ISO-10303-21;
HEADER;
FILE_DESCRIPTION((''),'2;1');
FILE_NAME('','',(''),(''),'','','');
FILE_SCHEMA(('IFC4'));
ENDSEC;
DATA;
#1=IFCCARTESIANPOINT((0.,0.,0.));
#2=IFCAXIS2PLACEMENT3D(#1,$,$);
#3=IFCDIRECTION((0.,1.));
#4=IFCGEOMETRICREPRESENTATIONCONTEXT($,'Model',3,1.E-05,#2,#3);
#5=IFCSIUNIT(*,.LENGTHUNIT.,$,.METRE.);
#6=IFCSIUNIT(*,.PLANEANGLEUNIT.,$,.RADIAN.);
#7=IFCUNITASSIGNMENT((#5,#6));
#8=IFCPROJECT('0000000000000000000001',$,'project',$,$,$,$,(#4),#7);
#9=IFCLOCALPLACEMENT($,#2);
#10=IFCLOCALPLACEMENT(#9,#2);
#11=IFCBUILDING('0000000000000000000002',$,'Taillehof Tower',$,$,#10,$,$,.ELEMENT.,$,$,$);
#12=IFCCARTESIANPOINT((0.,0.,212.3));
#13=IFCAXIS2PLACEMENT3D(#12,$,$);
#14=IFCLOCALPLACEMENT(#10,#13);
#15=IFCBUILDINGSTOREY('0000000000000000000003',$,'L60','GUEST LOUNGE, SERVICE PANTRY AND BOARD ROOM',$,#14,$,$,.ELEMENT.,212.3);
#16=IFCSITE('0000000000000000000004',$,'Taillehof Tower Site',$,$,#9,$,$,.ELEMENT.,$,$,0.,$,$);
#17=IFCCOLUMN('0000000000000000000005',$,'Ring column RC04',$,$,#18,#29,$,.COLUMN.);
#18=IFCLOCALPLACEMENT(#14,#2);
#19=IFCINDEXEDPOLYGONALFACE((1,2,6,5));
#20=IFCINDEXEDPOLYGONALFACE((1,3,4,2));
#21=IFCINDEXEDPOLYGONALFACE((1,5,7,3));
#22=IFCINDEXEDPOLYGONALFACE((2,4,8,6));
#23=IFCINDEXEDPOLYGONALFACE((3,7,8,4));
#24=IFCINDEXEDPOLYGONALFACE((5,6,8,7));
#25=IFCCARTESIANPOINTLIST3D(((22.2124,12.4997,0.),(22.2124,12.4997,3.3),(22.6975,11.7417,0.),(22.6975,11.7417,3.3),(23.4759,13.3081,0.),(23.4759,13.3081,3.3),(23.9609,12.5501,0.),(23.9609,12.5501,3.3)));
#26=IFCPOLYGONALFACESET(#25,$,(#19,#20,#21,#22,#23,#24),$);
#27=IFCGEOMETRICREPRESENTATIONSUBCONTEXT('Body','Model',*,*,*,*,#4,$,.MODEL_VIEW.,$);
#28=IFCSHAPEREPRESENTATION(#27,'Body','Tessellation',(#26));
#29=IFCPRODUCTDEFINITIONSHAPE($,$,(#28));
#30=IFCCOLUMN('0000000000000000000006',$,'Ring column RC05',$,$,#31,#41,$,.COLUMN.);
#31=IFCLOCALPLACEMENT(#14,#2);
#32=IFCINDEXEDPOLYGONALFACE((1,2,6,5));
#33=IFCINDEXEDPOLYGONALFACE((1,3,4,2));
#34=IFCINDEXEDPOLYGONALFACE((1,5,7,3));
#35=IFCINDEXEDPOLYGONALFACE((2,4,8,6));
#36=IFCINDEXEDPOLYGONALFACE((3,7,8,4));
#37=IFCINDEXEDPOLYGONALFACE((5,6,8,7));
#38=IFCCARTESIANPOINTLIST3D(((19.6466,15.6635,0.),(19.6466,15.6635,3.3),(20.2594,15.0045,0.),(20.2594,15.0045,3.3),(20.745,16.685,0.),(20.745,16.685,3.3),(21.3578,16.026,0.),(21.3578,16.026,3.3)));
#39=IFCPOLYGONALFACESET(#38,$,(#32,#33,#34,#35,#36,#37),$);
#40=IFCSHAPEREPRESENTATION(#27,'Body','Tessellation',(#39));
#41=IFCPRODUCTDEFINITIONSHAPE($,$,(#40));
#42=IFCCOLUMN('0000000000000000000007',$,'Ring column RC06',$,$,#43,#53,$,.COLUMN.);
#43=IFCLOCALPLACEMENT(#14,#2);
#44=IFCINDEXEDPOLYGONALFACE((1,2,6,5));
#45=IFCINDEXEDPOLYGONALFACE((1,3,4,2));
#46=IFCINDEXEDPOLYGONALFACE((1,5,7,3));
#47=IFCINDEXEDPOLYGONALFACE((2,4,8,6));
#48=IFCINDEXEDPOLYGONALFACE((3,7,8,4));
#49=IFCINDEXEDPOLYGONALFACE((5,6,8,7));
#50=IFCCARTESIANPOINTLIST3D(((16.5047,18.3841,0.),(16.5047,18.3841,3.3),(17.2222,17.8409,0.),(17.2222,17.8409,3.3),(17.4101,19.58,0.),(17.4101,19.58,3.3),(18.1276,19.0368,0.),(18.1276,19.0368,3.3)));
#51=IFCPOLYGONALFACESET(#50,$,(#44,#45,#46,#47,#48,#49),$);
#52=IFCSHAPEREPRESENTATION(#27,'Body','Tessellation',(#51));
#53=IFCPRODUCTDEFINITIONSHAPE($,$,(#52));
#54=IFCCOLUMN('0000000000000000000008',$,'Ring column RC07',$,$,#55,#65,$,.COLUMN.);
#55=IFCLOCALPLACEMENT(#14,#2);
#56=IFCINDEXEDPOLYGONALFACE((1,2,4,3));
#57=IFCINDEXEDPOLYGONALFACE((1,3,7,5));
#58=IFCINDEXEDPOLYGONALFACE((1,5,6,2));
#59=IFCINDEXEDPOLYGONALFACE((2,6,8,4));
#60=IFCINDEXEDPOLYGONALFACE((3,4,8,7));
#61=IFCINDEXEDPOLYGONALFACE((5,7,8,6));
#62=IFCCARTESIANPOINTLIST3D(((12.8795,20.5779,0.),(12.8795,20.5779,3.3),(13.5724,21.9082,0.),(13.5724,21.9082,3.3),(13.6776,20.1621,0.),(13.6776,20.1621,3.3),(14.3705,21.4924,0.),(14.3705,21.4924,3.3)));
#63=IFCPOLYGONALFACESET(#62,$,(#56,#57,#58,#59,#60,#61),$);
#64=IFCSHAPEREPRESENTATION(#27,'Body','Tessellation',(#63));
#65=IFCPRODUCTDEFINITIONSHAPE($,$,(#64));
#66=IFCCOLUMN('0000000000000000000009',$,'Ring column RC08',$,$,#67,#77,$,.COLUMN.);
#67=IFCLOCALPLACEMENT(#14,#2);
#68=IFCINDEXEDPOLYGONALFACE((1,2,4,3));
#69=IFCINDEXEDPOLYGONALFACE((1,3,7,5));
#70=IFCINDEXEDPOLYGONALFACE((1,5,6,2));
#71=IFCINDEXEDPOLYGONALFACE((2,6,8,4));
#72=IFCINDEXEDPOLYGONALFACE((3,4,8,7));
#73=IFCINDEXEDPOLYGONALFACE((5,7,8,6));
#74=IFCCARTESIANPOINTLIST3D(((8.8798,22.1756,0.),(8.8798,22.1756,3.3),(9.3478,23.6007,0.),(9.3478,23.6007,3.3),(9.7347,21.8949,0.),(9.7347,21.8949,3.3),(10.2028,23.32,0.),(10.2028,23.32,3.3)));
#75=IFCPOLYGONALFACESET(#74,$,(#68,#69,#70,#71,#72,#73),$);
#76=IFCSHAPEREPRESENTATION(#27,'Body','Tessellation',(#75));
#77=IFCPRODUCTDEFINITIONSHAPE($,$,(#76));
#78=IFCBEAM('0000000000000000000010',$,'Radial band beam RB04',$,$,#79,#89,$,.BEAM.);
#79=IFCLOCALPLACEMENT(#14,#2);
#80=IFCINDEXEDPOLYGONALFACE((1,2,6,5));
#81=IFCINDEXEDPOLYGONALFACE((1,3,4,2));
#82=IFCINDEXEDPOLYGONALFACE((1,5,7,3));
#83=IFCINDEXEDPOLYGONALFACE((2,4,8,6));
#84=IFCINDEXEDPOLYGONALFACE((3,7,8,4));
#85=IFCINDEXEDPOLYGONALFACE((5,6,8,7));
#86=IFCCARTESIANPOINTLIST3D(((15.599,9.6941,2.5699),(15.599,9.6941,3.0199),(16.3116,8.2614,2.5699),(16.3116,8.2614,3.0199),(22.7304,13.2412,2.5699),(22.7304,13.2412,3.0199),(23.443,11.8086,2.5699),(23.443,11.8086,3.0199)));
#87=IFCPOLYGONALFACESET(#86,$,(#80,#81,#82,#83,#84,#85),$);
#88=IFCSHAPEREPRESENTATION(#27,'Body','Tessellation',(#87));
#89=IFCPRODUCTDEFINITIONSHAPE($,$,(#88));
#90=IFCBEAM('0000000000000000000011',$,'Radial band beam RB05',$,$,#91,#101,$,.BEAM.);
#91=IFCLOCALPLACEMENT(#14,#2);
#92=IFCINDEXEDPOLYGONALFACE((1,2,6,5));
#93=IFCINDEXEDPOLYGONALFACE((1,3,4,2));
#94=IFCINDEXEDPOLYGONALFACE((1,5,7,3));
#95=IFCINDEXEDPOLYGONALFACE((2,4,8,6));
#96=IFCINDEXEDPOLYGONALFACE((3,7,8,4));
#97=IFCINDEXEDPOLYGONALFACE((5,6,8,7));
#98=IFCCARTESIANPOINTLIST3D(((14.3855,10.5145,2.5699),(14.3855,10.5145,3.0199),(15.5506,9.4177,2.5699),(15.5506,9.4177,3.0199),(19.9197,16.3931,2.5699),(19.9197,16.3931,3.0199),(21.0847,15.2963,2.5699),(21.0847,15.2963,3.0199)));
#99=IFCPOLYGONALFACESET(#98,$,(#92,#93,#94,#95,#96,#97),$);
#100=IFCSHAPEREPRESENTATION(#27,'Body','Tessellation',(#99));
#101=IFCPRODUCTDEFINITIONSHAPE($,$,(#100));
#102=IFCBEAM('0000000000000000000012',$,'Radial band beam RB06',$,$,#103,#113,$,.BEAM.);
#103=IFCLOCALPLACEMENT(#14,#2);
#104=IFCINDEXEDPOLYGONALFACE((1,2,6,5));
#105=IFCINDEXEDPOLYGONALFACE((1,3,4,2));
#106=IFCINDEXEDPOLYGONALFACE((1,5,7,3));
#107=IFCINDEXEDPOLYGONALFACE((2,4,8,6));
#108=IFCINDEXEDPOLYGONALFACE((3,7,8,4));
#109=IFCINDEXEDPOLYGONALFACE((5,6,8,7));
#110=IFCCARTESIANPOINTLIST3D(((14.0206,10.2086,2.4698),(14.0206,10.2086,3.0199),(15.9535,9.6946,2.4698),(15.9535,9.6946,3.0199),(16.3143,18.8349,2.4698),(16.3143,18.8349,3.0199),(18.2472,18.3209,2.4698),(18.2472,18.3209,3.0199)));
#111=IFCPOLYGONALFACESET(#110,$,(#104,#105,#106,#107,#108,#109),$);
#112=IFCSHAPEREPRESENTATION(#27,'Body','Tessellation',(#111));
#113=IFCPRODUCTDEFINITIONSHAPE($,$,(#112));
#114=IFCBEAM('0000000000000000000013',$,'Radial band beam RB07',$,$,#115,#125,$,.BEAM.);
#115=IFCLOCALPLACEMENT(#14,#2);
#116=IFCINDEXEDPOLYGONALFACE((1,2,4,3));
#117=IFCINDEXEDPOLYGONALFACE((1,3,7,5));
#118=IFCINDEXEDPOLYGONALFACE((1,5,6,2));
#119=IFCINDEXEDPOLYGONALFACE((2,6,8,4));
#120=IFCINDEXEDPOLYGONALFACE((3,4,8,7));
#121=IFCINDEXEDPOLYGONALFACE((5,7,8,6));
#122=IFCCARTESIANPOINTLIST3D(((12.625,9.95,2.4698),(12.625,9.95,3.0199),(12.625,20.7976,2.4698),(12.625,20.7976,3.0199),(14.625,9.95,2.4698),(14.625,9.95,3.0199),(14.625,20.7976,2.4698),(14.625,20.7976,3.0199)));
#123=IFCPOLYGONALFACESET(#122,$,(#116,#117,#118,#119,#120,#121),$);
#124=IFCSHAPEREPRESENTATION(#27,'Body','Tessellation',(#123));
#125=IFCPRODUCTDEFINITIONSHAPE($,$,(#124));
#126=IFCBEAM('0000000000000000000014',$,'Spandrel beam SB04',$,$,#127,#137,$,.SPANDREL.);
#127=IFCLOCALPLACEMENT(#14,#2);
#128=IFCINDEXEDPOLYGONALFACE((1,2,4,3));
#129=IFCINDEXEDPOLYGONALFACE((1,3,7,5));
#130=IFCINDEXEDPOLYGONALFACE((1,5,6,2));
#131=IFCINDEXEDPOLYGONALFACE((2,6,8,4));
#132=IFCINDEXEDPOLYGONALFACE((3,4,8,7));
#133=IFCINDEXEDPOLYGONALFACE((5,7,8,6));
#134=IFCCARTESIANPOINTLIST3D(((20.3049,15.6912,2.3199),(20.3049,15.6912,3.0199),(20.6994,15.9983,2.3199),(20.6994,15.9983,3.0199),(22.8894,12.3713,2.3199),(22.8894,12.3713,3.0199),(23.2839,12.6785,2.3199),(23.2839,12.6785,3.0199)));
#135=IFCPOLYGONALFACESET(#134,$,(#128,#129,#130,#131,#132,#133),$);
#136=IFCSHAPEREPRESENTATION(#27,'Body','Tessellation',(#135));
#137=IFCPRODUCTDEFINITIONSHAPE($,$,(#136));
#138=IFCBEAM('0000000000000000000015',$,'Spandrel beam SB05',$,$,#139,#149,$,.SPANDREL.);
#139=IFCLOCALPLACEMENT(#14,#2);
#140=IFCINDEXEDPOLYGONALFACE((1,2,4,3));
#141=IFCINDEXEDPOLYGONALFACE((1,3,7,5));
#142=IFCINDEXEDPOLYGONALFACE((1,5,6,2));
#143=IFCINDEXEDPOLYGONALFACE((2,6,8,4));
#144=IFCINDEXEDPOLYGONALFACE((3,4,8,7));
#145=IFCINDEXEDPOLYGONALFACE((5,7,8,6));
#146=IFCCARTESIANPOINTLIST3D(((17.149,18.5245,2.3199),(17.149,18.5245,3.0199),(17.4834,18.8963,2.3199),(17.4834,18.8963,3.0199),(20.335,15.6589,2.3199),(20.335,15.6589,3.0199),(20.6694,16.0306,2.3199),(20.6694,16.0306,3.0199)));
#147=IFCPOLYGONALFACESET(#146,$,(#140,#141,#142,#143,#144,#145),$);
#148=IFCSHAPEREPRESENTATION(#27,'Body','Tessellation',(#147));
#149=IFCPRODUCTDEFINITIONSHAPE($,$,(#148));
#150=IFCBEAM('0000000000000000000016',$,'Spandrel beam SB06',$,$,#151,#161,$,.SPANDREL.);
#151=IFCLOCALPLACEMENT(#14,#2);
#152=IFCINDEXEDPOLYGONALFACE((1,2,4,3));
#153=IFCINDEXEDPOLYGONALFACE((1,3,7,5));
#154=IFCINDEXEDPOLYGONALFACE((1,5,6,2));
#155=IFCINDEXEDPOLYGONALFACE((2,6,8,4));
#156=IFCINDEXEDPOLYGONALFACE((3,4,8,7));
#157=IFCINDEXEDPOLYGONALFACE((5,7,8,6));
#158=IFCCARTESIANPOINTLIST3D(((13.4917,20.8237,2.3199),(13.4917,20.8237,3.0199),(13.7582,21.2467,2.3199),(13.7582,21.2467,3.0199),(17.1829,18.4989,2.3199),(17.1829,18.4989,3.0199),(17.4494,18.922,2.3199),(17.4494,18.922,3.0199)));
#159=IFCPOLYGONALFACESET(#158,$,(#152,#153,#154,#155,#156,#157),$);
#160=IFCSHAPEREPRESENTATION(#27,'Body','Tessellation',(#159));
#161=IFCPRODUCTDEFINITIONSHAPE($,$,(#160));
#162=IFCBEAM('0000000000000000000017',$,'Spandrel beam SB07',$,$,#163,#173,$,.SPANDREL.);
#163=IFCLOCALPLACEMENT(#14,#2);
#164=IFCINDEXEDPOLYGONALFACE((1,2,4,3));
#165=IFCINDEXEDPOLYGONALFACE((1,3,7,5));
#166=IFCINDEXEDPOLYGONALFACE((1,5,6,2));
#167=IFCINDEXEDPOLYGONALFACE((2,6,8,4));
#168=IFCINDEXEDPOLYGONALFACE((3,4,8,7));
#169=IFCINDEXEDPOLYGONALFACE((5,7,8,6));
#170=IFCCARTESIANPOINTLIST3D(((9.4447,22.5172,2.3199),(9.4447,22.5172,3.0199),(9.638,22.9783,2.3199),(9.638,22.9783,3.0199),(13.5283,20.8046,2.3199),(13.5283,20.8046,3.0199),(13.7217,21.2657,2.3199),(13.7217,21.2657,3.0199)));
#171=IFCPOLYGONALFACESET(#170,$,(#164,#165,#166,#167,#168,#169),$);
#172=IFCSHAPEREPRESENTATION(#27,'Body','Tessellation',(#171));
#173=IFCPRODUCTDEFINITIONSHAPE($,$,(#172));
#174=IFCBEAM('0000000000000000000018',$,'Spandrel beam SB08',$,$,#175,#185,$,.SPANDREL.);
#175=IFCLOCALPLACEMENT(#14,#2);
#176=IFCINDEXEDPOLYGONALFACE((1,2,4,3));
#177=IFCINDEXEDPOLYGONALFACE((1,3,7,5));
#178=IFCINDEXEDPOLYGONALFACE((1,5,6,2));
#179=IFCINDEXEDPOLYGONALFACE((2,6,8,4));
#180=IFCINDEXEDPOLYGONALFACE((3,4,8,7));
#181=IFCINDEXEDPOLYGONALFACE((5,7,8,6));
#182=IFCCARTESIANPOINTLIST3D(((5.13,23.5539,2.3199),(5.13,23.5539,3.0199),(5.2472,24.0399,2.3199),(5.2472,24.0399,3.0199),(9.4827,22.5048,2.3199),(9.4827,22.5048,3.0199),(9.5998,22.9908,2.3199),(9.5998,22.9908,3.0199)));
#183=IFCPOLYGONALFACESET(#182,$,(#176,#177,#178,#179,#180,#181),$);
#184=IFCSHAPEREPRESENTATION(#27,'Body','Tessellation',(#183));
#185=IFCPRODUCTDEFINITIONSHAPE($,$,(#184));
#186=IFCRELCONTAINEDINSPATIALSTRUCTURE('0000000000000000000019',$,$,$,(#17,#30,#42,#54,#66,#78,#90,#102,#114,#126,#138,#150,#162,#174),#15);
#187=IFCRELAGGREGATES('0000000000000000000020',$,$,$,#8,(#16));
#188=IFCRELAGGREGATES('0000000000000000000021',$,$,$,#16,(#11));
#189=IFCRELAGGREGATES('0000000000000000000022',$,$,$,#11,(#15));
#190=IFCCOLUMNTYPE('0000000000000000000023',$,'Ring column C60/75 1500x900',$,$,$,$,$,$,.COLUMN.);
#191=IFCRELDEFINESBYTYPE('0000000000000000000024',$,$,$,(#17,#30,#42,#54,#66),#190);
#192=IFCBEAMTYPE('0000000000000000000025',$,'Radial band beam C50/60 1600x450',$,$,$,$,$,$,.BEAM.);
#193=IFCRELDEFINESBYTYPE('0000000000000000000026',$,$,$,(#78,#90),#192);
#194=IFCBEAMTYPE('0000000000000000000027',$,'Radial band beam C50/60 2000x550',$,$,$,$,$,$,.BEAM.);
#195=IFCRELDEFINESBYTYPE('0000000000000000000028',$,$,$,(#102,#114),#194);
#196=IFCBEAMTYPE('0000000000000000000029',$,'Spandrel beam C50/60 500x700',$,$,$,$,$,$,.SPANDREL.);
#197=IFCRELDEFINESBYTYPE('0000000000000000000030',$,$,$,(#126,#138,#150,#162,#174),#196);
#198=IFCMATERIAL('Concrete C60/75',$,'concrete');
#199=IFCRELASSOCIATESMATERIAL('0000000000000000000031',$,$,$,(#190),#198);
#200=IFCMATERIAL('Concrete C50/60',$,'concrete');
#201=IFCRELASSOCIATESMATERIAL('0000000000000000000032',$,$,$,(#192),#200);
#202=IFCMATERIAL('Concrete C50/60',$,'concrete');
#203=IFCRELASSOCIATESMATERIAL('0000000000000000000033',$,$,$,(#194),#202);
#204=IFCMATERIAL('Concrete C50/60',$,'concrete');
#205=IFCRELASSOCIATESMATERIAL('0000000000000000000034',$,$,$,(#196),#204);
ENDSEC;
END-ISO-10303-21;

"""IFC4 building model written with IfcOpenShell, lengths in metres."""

from ifc_helpers import new_model, si_unit, direction, frame, origin, origin_2d, place, context, subcontext, project, spatial, rectangle, extrude, material, material_profile, profile_set, type_object, element, save


model = new_model("IFC4")

# Units and contexts
model_context = context("Model", 3, precision=1e-05, world=origin(), true_north=direction((0.0, 1.0)))
body_context = subcontext(model_context, "Body", "Model", "MODEL_VIEW")
ifc_project = project(units=[si_unit("LENGTHUNIT", "METRE"), si_unit("PLANEANGLEUNIT", "RADIAN")], contexts=[model_context])

# Site, building, storey
site_placement = place(None, origin())
site = spatial("IfcSite", under=ifc_project, at=site_placement, Name="Taillehof Tower Site", CompositionType="ELEMENT", RefElevation=0.0)
building_placement = place(site_placement, origin())
building = spatial("IfcBuilding", under=site, at=building_placement, Name="Taillehof Tower", CompositionType="ELEMENT")
storey_placement = place(building_placement, frame((0.0, 0.0, 212.3)))
storey = spatial("IfcBuildingStorey", under=building, at=storey_placement, Name="L60", Description="GUEST LOUNGE, SERVICE PANTRY AND BOARD ROOM", CompositionType="ELEMENT", Elevation=212.3)

# Columns
ifc_material_1 = material(Name="Concrete C60/75", Category="concrete")
ifc_material_profile_1 = material_profile(ifc_material_1, rectangle(XDim=1.5, YDim=0.8999, at=origin_2d()), Name="RC 1500x900")
ifc_profile_set_1 = profile_set([ifc_material_profile_1], Name="Concrete C60/75")
column_type = type_object("IfcColumnType", Name="Ring column C60/75 1500x900", PredefinedType="COLUMN", material=ifc_profile_set_1)
for number, where, z_axis, x_axis, name in (
    (1, (23.0867, 12.5249, 0.0), (0.0, 0.0, 1.0), (0.842311, 0.538992, 0.0), "Ring column RC04"),
    (2, (20.5022, 15.8447, 0.0), (0.0, 0.0, 1.0), (0.732271, 0.681013, 0.0), "Ring column RC05"),
    (3, (17.3162, 18.7104, 0.0), (0.0, 0.0, 1.0), (0.603608, 0.797281, 0.0), "Ring column RC06"),
    (4, (13.625, 21.0352, 0.0), (0.0, 0.0, 1.0), (0.461993, 0.886883, 0.0), "Ring column RC07"),
    (5, (9.5413, 22.7478, 0.0), (0.0, 0.0, 1.0), (0.312001, 0.950082, 0.0), "Ring column RC08"),
):
    element("IfcColumn", number, at=place(storey_placement, frame(where, z_axis=z_axis, x_axis=x_axis)), inside=storey, type_object=column_type, Name=name, PredefinedType="COLUMN", context=body_context, shape_type="SweptSolid", body=[
        extrude(rectangle(XDim=1.5, YDim=0.8999, at=origin_2d()), origin(), (0.0, 0.0, 1.0), 3.3),
    ])

# Beams
ifc_material_2 = material(Name="Concrete C50/60", Category="concrete")
ifc_material_profile_2 = material_profile(ifc_material_2, rectangle(XDim=1.6001, YDim=0.45, at=origin_2d()), Name="RC 1600x450")
ifc_profile_set_2 = profile_set([ifc_material_profile_2], Name="Concrete C50/60")
beam_type_1 = type_object("IfcBeamType", Name="Radial band beam C50/60 1600x450", PredefinedType="BEAM", material=ifc_profile_set_2)
beam_1_placement = place(storey_placement, frame((23.0867, 12.5249, 2.7949), z_axis=(-0.895357, -0.445349, 0.0), x_axis=(0.445349, -0.895357, 0.0)))
element("IfcBeam", 6, at=beam_1_placement, inside=storey, type_object=beam_type_1, Name="Radial band beam RB04", PredefinedType="BEAM", context=body_context, shape_type="SweptSolid", body=[
    extrude(rectangle(XDim=1.6001, YDim=0.45, at=origin_2d()), origin(), (0.0, 0.0, 1.0), 7.9648),
])
beam_2_placement = place(storey_placement, frame((20.5022, 15.8447, 2.7949), z_axis=(-0.685451, -0.728118, 0.0), x_axis=(0.728118, -0.685451, 0.0)))
element("IfcBeam", 7, at=beam_2_placement, inside=storey, type_object=beam_type_1, Name="Radial band beam RB05", PredefinedType="BEAM", context=body_context, shape_type="SweptSolid", body=[
    extrude(rectangle(XDim=1.6001, YDim=0.45, at=origin_2d()), origin(), (0.0, 0.0, 1.0), 8.0737),
])
ifc_material_3 = material(Name="Concrete C50/60", Category="concrete")
ifc_material_profile_3 = material_profile(ifc_material_3, rectangle(XDim=2.0, YDim=0.55, at=origin_2d()), Name="RC 2000x550")
ifc_profile_set_3 = profile_set([ifc_material_profile_3], Name="Concrete C50/60")
beam_type_2 = type_object("IfcBeamType", Name="Radial band beam C50/60 2000x550", PredefinedType="BEAM", material=ifc_profile_set_3)
beam_3_placement = place(storey_placement, frame((17.2808, 18.5779, 2.7449), z_axis=(-0.25697, -0.966419, 0.0), x_axis=(0.966419, -0.25697, 0.0)))
element("IfcBeam", 8, at=beam_3_placement, inside=storey, type_object=beam_type_2, Name="Radial band beam RB06", PredefinedType="BEAM", context=body_context, shape_type="SweptSolid", body=[
    extrude(rectangle(XDim=2.0, YDim=0.55, at=origin_2d()), origin(), (0.0, 0.0, 1.0), 8.926),
])
beam_4_placement = place(storey_placement, frame((13.625, 20.7976, 2.7449), z_axis=(0.0, -1.0, 0.0), x_axis=(1.0, 0.0, 0.0)))
element("IfcBeam", 9, at=beam_4_placement, inside=storey, type_object=beam_type_2, Name="Radial band beam RB07", PredefinedType="BEAM", context=body_context, shape_type="SweptSolid", body=[
    extrude(rectangle(XDim=2.0, YDim=0.55, at=origin_2d()), origin(), (0.0, 0.0, 1.0), 10.8477),
])
ifc_material_4 = material(Name="Concrete C50/60", Category="concrete")
ifc_material_profile_4 = material_profile(ifc_material_4, rectangle(XDim=0.5, YDim=0.7, at=origin_2d()), Name="RC 500x700")
ifc_profile_set_4 = profile_set([ifc_material_profile_4], Name="Concrete C50/60")
beam_type_3 = type_object("IfcBeamType", Name="Spandrel beam C50/60 500x700", PredefinedType="SPANDREL", material=ifc_profile_set_4)
beam_5_placement = place(storey_placement, frame((23.0867, 12.5249, 2.6699), z_axis=(-0.614294, 0.789077, 0.0), x_axis=(-0.789077, -0.614294, 0.0)))
element("IfcBeam", 10, at=beam_5_placement, inside=storey, type_object=beam_type_3, Name="Spandrel beam SB04", PredefinedType="SPANDREL", context=body_context, shape_type="SweptSolid", body=[
    extrude(rectangle(XDim=0.5, YDim=0.7, at=origin_2d()), origin(), (0.0, 0.0, 1.0), 4.2073),
])
beam_6_placement = place(storey_placement, frame((20.5022, 15.8447, 2.6699), z_axis=(-0.743492, 0.668744, 0.0), x_axis=(-0.668744, -0.743492, 0.0)))
element("IfcBeam", 11, at=beam_6_placement, inside=storey, type_object=beam_type_3, Name="Spandrel beam SB05", PredefinedType="SPANDREL", context=body_context, shape_type="SweptSolid", body=[
    extrude(rectangle(XDim=0.5, YDim=0.7, at=origin_2d()), origin(), (0.0, 0.0, 1.0), 4.2852),
])
beam_7_placement = place(storey_placement, frame((17.3162, 18.7104, 2.6699), z_axis=(-0.846166, 0.532919, 0.0), x_axis=(-0.532919, -0.846166, 0.0)))
element("IfcBeam", 12, at=beam_7_placement, inside=storey, type_object=beam_type_3, Name="Spandrel beam SB06", PredefinedType="SPANDREL", context=body_context, shape_type="SweptSolid", body=[
    extrude(rectangle(XDim=0.5, YDim=0.7, at=origin_2d()), origin(), (0.0, 0.0, 1.0), 4.3623),
])
beam_8_placement = place(storey_placement, frame((13.625, 21.0352, 2.6699), z_axis=(-0.922186, 0.386748, 0.0), x_axis=(-0.386748, -0.922186, 0.0)))
element("IfcBeam", 13, at=beam_8_placement, inside=storey, type_object=beam_type_3, Name="Spandrel beam SB07", PredefinedType="SPANDREL", context=body_context, shape_type="SweptSolid", body=[
    extrude(rectangle(XDim=0.5, YDim=0.7, at=origin_2d()), origin(), (0.0, 0.0, 1.0), 4.4282),
])
beam_9_placement = place(storey_placement, frame((9.5413, 22.7478, 2.6699), z_axis=(-0.972161, 0.234315, 0.0), x_axis=(-0.234315, -0.972161, 0.0)))
element("IfcBeam", 14, at=beam_9_placement, inside=storey, type_object=beam_type_3, Name="Spandrel beam SB08", PredefinedType="SPANDREL", context=body_context, shape_type="SweptSolid", body=[
    extrude(rectangle(XDim=0.5, YDim=0.7, at=origin_2d()), origin(), (0.0, 0.0, 1.0), 4.4773),
])

save(model, "model.ifc")
